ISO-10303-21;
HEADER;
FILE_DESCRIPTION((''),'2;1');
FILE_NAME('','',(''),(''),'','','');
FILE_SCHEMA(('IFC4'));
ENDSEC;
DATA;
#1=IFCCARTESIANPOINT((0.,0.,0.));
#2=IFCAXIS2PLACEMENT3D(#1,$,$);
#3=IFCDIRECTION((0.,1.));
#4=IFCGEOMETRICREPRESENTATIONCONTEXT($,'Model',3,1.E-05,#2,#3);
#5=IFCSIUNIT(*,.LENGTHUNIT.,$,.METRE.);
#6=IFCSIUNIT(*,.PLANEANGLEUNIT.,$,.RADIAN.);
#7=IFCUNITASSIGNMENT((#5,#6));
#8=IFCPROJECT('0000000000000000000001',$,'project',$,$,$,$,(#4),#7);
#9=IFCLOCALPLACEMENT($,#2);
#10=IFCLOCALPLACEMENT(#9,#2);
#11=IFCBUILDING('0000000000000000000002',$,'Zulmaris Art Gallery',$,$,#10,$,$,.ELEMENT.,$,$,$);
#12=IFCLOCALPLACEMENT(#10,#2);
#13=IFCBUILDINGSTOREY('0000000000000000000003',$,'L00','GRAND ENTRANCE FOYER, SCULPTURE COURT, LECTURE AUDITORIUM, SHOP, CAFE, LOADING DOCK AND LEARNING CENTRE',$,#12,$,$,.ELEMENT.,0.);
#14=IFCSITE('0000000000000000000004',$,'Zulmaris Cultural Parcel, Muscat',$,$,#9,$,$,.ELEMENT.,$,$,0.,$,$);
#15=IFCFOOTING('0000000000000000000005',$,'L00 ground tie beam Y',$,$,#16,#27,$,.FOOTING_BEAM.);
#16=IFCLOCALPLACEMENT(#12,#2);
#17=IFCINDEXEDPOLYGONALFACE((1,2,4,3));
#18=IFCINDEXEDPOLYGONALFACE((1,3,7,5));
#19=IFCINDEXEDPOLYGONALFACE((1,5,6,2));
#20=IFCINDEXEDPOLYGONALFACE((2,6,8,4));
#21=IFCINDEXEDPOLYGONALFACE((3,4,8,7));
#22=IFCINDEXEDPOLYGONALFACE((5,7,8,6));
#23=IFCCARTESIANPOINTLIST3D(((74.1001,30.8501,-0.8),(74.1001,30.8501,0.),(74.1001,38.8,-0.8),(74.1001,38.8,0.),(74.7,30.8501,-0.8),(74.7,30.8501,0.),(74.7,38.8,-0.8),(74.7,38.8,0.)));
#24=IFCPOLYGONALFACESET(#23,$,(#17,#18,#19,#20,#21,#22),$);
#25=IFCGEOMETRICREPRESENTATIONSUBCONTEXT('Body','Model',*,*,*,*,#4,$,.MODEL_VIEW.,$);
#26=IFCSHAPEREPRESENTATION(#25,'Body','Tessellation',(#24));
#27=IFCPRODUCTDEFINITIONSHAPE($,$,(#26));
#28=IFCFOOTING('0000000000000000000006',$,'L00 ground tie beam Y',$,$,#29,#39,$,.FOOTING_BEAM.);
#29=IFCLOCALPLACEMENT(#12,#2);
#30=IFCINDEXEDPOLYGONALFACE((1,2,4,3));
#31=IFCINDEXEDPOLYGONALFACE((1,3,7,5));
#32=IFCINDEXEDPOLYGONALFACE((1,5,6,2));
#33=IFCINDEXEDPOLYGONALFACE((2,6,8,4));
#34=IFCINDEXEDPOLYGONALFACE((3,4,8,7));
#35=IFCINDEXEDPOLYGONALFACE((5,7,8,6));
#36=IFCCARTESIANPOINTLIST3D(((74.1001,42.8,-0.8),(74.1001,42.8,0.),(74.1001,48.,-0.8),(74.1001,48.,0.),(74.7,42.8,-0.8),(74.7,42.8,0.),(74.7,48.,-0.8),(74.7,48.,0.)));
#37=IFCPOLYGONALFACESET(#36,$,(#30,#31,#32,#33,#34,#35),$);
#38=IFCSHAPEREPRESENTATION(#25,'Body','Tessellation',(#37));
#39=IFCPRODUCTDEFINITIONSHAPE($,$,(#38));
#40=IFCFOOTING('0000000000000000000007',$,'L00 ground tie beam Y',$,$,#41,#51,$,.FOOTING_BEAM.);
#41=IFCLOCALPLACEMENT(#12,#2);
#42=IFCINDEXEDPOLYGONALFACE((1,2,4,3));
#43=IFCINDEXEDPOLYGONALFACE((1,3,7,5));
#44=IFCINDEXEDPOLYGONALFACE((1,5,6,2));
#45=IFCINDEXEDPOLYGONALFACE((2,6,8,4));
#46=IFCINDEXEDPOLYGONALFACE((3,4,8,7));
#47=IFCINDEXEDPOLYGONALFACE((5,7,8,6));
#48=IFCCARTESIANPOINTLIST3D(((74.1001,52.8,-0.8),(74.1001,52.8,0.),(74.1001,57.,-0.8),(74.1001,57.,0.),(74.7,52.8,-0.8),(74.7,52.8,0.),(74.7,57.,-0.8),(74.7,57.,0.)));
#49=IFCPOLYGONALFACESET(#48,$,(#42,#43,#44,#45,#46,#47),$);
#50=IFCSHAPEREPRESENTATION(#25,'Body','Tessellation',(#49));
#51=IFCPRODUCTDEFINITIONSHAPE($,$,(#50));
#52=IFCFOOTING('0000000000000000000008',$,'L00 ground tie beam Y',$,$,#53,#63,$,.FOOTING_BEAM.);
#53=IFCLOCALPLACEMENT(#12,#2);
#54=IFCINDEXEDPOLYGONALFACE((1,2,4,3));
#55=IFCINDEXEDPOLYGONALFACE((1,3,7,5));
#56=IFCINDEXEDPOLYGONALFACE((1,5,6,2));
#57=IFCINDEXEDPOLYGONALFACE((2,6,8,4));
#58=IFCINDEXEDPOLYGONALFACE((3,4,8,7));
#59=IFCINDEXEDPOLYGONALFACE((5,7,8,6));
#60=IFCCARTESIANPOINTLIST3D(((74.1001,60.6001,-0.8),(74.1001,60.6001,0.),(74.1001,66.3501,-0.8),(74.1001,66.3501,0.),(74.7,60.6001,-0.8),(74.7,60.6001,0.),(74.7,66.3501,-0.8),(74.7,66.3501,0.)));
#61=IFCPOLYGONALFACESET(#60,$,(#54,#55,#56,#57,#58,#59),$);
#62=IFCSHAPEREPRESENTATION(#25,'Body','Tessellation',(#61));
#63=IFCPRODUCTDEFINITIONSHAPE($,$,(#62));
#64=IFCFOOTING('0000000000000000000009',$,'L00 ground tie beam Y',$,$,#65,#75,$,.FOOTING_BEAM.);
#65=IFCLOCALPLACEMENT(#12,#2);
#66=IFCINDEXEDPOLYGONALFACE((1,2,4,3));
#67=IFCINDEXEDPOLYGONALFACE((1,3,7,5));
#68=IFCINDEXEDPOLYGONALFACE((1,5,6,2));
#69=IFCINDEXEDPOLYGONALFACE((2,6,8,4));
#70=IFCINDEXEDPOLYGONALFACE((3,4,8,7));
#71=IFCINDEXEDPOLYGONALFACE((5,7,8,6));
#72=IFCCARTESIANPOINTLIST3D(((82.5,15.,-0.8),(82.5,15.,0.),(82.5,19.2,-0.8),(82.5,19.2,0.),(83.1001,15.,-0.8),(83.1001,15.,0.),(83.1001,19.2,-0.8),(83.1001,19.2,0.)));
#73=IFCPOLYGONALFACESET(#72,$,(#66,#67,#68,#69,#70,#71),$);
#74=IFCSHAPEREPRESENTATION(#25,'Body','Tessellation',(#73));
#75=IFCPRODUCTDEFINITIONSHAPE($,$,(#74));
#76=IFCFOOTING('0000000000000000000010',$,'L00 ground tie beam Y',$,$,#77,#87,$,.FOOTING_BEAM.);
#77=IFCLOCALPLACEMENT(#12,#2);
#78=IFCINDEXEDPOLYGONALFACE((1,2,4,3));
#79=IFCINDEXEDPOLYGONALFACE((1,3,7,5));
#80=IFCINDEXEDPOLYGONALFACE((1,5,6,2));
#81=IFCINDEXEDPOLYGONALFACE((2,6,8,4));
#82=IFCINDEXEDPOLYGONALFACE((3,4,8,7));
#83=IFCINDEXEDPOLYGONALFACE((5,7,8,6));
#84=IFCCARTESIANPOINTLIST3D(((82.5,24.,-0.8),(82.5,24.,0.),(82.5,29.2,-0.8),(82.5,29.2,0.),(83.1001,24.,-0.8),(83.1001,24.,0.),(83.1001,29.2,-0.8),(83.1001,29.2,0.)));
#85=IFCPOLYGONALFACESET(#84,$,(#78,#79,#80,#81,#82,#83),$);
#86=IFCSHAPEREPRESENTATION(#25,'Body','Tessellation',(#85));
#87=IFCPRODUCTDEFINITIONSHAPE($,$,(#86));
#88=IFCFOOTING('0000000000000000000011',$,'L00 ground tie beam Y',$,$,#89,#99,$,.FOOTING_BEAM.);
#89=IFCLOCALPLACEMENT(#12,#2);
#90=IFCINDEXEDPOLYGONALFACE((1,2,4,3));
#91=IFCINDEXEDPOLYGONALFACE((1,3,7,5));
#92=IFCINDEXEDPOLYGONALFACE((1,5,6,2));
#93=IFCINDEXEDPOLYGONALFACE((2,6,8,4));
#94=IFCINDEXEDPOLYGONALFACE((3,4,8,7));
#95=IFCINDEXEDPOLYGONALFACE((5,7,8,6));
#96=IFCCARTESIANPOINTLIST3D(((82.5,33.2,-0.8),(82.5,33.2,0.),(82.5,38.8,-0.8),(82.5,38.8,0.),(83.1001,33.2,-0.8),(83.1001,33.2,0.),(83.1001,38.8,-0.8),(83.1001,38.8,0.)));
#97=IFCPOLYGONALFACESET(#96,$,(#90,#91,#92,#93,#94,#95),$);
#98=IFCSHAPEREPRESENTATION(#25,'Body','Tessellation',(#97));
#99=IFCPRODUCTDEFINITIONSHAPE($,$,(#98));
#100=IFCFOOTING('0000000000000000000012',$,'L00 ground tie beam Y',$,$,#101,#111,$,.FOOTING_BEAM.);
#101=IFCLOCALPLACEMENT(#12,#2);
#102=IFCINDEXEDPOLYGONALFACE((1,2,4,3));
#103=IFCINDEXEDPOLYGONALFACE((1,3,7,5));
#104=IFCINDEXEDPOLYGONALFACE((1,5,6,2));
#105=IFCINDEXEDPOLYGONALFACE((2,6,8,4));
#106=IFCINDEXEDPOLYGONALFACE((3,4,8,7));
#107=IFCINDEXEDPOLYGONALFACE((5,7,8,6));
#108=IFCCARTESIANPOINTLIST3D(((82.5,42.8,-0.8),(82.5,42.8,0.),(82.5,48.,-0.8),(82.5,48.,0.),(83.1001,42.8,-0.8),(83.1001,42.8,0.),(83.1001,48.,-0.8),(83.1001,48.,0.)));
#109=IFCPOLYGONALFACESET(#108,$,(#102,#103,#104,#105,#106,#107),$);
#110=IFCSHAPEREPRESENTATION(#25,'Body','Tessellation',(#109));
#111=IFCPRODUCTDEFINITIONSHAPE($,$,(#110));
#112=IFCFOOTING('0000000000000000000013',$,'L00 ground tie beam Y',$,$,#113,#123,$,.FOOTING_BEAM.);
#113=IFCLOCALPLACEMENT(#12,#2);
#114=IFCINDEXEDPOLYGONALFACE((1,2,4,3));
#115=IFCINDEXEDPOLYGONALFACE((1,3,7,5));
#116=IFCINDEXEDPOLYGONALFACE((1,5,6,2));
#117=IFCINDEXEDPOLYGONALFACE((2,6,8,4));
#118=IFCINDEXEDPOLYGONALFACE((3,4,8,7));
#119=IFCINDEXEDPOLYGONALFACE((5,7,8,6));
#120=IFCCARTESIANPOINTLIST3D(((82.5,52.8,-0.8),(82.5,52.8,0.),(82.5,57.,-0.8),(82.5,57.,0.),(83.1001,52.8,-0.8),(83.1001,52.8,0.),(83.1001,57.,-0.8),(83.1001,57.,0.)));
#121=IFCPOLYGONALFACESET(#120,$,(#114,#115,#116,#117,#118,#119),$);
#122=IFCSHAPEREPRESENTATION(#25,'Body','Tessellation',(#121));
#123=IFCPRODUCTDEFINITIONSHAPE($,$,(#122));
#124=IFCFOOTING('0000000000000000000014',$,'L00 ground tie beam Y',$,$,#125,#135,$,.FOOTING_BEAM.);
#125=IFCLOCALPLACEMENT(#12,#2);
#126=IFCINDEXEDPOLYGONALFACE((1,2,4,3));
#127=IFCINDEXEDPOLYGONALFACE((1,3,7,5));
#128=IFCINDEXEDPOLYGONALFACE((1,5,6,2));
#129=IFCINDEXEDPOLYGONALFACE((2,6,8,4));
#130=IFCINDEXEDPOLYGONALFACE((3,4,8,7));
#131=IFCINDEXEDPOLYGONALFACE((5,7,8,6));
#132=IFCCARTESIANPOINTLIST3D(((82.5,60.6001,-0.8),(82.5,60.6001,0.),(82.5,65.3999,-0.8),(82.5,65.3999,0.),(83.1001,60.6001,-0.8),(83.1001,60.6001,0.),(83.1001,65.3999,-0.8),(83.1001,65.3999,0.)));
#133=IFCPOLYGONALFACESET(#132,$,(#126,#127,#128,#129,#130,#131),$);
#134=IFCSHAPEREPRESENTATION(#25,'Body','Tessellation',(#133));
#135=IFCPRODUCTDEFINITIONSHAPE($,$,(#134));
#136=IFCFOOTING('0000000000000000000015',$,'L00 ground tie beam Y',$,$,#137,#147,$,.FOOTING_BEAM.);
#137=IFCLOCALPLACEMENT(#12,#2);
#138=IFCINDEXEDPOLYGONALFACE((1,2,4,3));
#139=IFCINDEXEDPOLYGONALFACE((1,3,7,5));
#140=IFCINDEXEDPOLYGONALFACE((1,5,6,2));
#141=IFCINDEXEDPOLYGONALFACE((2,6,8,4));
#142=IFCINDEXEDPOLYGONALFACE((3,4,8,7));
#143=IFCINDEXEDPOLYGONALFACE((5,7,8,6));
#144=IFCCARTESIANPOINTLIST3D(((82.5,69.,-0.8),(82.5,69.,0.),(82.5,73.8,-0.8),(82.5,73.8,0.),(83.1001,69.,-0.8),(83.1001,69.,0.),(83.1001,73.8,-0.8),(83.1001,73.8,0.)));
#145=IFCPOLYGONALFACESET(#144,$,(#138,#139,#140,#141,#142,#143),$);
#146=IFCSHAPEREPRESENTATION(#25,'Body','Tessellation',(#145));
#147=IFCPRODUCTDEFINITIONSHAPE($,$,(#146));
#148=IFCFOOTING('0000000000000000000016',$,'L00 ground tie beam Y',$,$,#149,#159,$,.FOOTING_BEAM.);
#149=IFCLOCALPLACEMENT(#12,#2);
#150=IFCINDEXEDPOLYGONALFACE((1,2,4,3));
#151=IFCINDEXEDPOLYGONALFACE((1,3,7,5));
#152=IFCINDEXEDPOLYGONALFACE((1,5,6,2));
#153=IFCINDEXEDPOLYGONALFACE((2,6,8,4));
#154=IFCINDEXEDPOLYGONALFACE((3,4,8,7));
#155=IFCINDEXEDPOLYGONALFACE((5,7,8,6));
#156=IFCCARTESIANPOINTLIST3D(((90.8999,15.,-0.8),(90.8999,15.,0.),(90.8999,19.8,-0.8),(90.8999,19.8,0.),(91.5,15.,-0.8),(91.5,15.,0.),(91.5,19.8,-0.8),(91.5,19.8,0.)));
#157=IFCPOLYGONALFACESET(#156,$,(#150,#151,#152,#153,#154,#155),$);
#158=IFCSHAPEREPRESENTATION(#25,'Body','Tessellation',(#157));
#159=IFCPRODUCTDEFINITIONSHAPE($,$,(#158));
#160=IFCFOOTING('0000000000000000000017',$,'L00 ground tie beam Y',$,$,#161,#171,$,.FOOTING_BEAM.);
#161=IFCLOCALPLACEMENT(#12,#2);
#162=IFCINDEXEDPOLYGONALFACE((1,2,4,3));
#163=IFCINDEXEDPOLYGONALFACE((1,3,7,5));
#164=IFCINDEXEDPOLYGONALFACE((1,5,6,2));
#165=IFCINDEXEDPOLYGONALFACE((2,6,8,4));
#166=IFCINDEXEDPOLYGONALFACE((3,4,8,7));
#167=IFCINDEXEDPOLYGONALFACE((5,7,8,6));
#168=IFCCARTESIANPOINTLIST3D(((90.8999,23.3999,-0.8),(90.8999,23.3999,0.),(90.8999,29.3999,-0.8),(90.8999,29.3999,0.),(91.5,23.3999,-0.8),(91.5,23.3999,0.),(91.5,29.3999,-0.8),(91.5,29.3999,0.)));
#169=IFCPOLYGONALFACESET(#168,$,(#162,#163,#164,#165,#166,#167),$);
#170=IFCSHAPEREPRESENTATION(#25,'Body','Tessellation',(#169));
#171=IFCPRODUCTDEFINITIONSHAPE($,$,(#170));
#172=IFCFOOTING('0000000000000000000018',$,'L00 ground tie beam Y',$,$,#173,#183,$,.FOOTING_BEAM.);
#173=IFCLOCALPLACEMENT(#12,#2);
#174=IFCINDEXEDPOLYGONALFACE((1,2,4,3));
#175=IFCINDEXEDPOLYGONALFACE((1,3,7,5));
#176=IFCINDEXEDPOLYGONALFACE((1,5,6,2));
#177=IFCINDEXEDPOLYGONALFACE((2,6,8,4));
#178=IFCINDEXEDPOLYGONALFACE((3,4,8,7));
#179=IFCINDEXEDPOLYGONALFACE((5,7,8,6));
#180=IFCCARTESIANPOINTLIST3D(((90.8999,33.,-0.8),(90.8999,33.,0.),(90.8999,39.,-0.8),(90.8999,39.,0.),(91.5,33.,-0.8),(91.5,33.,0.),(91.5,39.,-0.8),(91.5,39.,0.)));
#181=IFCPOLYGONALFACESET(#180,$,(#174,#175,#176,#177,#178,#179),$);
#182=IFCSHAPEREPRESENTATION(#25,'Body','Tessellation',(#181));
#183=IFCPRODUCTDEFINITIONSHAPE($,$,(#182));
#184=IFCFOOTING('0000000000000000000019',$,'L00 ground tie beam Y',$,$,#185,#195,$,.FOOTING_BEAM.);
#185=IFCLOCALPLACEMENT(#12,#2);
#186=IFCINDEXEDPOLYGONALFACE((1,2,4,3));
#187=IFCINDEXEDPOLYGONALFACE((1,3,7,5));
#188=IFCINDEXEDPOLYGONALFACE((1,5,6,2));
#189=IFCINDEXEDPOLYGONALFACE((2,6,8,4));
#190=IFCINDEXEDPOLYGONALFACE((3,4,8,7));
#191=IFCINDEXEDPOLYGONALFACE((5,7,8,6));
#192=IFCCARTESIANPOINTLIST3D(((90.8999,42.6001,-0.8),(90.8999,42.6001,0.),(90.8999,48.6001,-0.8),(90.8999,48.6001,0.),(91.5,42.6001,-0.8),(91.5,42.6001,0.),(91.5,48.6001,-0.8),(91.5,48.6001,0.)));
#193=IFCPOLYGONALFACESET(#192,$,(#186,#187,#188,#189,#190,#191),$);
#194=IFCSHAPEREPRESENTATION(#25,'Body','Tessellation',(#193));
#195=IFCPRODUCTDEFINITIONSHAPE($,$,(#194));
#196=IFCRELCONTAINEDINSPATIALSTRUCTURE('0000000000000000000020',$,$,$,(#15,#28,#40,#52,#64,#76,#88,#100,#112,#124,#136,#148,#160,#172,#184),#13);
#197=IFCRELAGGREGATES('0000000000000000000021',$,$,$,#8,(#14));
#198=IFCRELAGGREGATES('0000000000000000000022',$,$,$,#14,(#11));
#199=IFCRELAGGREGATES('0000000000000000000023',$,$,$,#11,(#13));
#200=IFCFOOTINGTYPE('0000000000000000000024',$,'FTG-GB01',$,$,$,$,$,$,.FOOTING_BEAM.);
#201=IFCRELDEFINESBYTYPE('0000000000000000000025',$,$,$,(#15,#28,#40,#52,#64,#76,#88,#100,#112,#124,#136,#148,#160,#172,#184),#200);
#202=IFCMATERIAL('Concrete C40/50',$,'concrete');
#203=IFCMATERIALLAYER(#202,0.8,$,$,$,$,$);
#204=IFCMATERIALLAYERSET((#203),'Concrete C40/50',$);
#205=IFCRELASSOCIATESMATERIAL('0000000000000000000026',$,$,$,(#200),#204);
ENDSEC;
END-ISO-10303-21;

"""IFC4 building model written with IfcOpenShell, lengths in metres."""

from ifc_helpers import new_model, si_unit, direction, frame, origin, place, context, subcontext, project, spatial, polyline, outline, extrude, material, layer, layer_set, type_object, element, save


model = new_model("IFC4")

# Units and contexts
model_context = context("Model", 3, precision=1e-05, world=origin(), true_north=direction((0.0, 1.0)))
body_context = subcontext(model_context, "Body", "Model", "MODEL_VIEW")
ifc_project = project(units=[si_unit("LENGTHUNIT", "METRE"), si_unit("PLANEANGLEUNIT", "RADIAN")], contexts=[model_context])

# Site, building, storey
site_placement = place(None, origin())
site = spatial("IfcSite", under=ifc_project, at=site_placement, Name="Zulmaris Cultural Parcel, Muscat", CompositionType="ELEMENT", RefElevation=0.0)
building_placement = place(site_placement, origin())
building = spatial("IfcBuilding", under=site, at=building_placement, Name="Zulmaris Art Gallery", CompositionType="ELEMENT")
storey_placement = place(building_placement, origin())
storey = spatial("IfcBuildingStorey", under=building, at=storey_placement, Name="L00", Description="GRAND ENTRANCE FOYER, SCULPTURE COURT, LECTURE AUDITORIUM, SHOP, CAFE, LOADING DOCK AND LEARNING CENTRE", CompositionType="ELEMENT", Elevation=0.0)

# Footings
ifc_material = material(Name="Concrete C40/50", Category="concrete")
ifc_layer = layer(ifc_material, 0.8)
ifc_layer_set = layer_set([ifc_layer], Name="Concrete C40/50")
footing_type = type_object("IfcFootingType", Name="FTG-GB01", PredefinedType="FOOTING_BEAM", material=ifc_layer_set)
footing_1_placement = place(storey_placement, frame((0.0, 0.0, -0.8)))
element("IfcFooting", 1, at=footing_1_placement, inside=storey, type_object=footing_type, Name="L00 ground tie beam Y", PredefinedType="FOOTING_BEAM", context=body_context, shape_type="SweptSolid", body=[
    extrude(outline(polyline([(74.1001, 30.8501), (74.7, 30.8501), (74.7, 38.8), (74.1001, 38.8), (74.1001, 30.8501)])), origin(), (0.0, 0.0, 1.0), 0.8),
])
footing_2_placement = place(storey_placement, frame((0.0, 0.0, -0.8)))
element("IfcFooting", 2, at=footing_2_placement, inside=storey, type_object=footing_type, Name="L00 ground tie beam Y", PredefinedType="FOOTING_BEAM", context=body_context, shape_type="SweptSolid", body=[
    extrude(outline(polyline([(74.1001, 42.8), (74.7, 42.8), (74.7, 48.0), (74.1001, 48.0), (74.1001, 42.8)])), origin(), (0.0, 0.0, 1.0), 0.8),
])
footing_3_placement = place(storey_placement, frame((0.0, 0.0, -0.8)))
element("IfcFooting", 3, at=footing_3_placement, inside=storey, type_object=footing_type, Name="L00 ground tie beam Y", PredefinedType="FOOTING_BEAM", context=body_context, shape_type="SweptSolid", body=[
    extrude(outline(polyline([(74.1001, 52.8), (74.7, 52.8), (74.7, 57.0), (74.1001, 57.0), (74.1001, 52.8)])), origin(), (0.0, 0.0, 1.0), 0.8),
])
footing_4_placement = place(storey_placement, frame((0.0, 0.0, -0.8)))
element("IfcFooting", 4, at=footing_4_placement, inside=storey, type_object=footing_type, Name="L00 ground tie beam Y", PredefinedType="FOOTING_BEAM", context=body_context, shape_type="SweptSolid", body=[
    extrude(outline(polyline([(74.1001, 60.6001), (74.7, 60.6001), (74.7, 66.3501), (74.1001, 66.3501), (74.1001, 60.6001)])), origin(), (0.0, 0.0, 1.0), 0.8),
])
footing_5_placement = place(storey_placement, frame((0.0, 0.0, -0.8)))
element("IfcFooting", 5, at=footing_5_placement, inside=storey, type_object=footing_type, Name="L00 ground tie beam Y", PredefinedType="FOOTING_BEAM", context=body_context, shape_type="SweptSolid", body=[
    extrude(outline(polyline([(82.5, 15.0), (83.1001, 15.0), (83.1001, 19.2), (82.5, 19.2), (82.5, 15.0)])), origin(), (0.0, 0.0, 1.0), 0.8),
])
footing_6_placement = place(storey_placement, frame((0.0, 0.0, -0.8)))
element("IfcFooting", 6, at=footing_6_placement, inside=storey, type_object=footing_type, Name="L00 ground tie beam Y", PredefinedType="FOOTING_BEAM", context=body_context, shape_type="SweptSolid", body=[
    extrude(outline(polyline([(82.5, 24.0), (83.1001, 24.0), (83.1001, 29.2), (82.5, 29.2), (82.5, 24.0)])), origin(), (0.0, 0.0, 1.0), 0.8),
])
footing_7_placement = place(storey_placement, frame((0.0, 0.0, -0.8)))
element("IfcFooting", 7, at=footing_7_placement, inside=storey, type_object=footing_type, Name="L00 ground tie beam Y", PredefinedType="FOOTING_BEAM", context=body_context, shape_type="SweptSolid", body=[
    extrude(outline(polyline([(82.5, 33.2), (83.1001, 33.2), (83.1001, 38.8), (82.5, 38.8), (82.5, 33.2)])), origin(), (0.0, 0.0, 1.0), 0.8),
])
footing_8_placement = place(storey_placement, frame((0.0, 0.0, -0.8)))
element("IfcFooting", 8, at=footing_8_placement, inside=storey, type_object=footing_type, Name="L00 ground tie beam Y", PredefinedType="FOOTING_BEAM", context=body_context, shape_type="SweptSolid", body=[
    extrude(outline(polyline([(82.5, 42.8), (83.1001, 42.8), (83.1001, 48.0), (82.5, 48.0), (82.5, 42.8)])), origin(), (0.0, 0.0, 1.0), 0.8),
])
footing_9_placement = place(storey_placement, frame((0.0, 0.0, -0.8)))
element("IfcFooting", 9, at=footing_9_placement, inside=storey, type_object=footing_type, Name="L00 ground tie beam Y", PredefinedType="FOOTING_BEAM", context=body_context, shape_type="SweptSolid", body=[
    extrude(outline(polyline([(82.5, 52.8), (83.1001, 52.8), (83.1001, 57.0), (82.5, 57.0), (82.5, 52.8)])), origin(), (0.0, 0.0, 1.0), 0.8),
])
footing_10_placement = place(storey_placement, frame((0.0, 0.0, -0.8)))
element("IfcFooting", 10, at=footing_10_placement, inside=storey, type_object=footing_type, Name="L00 ground tie beam Y", PredefinedType="FOOTING_BEAM", context=body_context, shape_type="SweptSolid", body=[
    extrude(outline(polyline([(82.5, 60.6001), (83.1001, 60.6001), (83.1001, 65.3999), (82.5, 65.3999), (82.5, 60.6001)])), origin(), (0.0, 0.0, 1.0), 0.8),
])
footing_11_placement = place(storey_placement, frame((0.0, 0.0, -0.8)))
element("IfcFooting", 11, at=footing_11_placement, inside=storey, type_object=footing_type, Name="L00 ground tie beam Y", PredefinedType="FOOTING_BEAM", context=body_context, shape_type="SweptSolid", body=[
    extrude(outline(polyline([(82.5, 69.0), (83.1001, 69.0), (83.1001, 73.8), (82.5, 73.8), (82.5, 69.0)])), origin(), (0.0, 0.0, 1.0), 0.8),
])
footing_12_placement = place(storey_placement, frame((0.0, 0.0, -0.8)))
element("IfcFooting", 12, at=footing_12_placement, inside=storey, type_object=footing_type, Name="L00 ground tie beam Y", PredefinedType="FOOTING_BEAM", context=body_context, shape_type="SweptSolid", body=[
    extrude(outline(polyline([(90.8999, 15.0), (91.5, 15.0), (91.5, 19.8), (90.8999, 19.8), (90.8999, 15.0)])), origin(), (0.0, 0.0, 1.0), 0.8),
])
footing_13_placement = place(storey_placement, frame((0.0, 0.0, -0.8)))
element("IfcFooting", 13, at=footing_13_placement, inside=storey, type_object=footing_type, Name="L00 ground tie beam Y", PredefinedType="FOOTING_BEAM", context=body_context, shape_type="SweptSolid", body=[
    extrude(outline(polyline([(90.8999, 23.3999), (91.5, 23.3999), (91.5, 29.3999), (90.8999, 29.3999), (90.8999, 23.3999)])), origin(), (0.0, 0.0, 1.0), 0.8),
])
footing_14_placement = place(storey_placement, frame((0.0, 0.0, -0.8)))
element("IfcFooting", 14, at=footing_14_placement, inside=storey, type_object=footing_type, Name="L00 ground tie beam Y", PredefinedType="FOOTING_BEAM", context=body_context, shape_type="SweptSolid", body=[
    extrude(outline(polyline([(90.8999, 33.0), (91.5, 33.0), (91.5, 39.0), (90.8999, 39.0), (90.8999, 33.0)])), origin(), (0.0, 0.0, 1.0), 0.8),
])
footing_15_placement = place(storey_placement, frame((0.0, 0.0, -0.8)))
element("IfcFooting", 15, at=footing_15_placement, inside=storey, type_object=footing_type, Name="L00 ground tie beam Y", PredefinedType="FOOTING_BEAM", context=body_context, shape_type="SweptSolid", body=[
    extrude(outline(polyline([(90.8999, 42.6001), (91.5, 42.6001), (91.5, 48.6001), (90.8999, 48.6001), (90.8999, 42.6001)])), origin(), (0.0, 0.0, 1.0), 0.8),
])

save(model, "model.ifc")
